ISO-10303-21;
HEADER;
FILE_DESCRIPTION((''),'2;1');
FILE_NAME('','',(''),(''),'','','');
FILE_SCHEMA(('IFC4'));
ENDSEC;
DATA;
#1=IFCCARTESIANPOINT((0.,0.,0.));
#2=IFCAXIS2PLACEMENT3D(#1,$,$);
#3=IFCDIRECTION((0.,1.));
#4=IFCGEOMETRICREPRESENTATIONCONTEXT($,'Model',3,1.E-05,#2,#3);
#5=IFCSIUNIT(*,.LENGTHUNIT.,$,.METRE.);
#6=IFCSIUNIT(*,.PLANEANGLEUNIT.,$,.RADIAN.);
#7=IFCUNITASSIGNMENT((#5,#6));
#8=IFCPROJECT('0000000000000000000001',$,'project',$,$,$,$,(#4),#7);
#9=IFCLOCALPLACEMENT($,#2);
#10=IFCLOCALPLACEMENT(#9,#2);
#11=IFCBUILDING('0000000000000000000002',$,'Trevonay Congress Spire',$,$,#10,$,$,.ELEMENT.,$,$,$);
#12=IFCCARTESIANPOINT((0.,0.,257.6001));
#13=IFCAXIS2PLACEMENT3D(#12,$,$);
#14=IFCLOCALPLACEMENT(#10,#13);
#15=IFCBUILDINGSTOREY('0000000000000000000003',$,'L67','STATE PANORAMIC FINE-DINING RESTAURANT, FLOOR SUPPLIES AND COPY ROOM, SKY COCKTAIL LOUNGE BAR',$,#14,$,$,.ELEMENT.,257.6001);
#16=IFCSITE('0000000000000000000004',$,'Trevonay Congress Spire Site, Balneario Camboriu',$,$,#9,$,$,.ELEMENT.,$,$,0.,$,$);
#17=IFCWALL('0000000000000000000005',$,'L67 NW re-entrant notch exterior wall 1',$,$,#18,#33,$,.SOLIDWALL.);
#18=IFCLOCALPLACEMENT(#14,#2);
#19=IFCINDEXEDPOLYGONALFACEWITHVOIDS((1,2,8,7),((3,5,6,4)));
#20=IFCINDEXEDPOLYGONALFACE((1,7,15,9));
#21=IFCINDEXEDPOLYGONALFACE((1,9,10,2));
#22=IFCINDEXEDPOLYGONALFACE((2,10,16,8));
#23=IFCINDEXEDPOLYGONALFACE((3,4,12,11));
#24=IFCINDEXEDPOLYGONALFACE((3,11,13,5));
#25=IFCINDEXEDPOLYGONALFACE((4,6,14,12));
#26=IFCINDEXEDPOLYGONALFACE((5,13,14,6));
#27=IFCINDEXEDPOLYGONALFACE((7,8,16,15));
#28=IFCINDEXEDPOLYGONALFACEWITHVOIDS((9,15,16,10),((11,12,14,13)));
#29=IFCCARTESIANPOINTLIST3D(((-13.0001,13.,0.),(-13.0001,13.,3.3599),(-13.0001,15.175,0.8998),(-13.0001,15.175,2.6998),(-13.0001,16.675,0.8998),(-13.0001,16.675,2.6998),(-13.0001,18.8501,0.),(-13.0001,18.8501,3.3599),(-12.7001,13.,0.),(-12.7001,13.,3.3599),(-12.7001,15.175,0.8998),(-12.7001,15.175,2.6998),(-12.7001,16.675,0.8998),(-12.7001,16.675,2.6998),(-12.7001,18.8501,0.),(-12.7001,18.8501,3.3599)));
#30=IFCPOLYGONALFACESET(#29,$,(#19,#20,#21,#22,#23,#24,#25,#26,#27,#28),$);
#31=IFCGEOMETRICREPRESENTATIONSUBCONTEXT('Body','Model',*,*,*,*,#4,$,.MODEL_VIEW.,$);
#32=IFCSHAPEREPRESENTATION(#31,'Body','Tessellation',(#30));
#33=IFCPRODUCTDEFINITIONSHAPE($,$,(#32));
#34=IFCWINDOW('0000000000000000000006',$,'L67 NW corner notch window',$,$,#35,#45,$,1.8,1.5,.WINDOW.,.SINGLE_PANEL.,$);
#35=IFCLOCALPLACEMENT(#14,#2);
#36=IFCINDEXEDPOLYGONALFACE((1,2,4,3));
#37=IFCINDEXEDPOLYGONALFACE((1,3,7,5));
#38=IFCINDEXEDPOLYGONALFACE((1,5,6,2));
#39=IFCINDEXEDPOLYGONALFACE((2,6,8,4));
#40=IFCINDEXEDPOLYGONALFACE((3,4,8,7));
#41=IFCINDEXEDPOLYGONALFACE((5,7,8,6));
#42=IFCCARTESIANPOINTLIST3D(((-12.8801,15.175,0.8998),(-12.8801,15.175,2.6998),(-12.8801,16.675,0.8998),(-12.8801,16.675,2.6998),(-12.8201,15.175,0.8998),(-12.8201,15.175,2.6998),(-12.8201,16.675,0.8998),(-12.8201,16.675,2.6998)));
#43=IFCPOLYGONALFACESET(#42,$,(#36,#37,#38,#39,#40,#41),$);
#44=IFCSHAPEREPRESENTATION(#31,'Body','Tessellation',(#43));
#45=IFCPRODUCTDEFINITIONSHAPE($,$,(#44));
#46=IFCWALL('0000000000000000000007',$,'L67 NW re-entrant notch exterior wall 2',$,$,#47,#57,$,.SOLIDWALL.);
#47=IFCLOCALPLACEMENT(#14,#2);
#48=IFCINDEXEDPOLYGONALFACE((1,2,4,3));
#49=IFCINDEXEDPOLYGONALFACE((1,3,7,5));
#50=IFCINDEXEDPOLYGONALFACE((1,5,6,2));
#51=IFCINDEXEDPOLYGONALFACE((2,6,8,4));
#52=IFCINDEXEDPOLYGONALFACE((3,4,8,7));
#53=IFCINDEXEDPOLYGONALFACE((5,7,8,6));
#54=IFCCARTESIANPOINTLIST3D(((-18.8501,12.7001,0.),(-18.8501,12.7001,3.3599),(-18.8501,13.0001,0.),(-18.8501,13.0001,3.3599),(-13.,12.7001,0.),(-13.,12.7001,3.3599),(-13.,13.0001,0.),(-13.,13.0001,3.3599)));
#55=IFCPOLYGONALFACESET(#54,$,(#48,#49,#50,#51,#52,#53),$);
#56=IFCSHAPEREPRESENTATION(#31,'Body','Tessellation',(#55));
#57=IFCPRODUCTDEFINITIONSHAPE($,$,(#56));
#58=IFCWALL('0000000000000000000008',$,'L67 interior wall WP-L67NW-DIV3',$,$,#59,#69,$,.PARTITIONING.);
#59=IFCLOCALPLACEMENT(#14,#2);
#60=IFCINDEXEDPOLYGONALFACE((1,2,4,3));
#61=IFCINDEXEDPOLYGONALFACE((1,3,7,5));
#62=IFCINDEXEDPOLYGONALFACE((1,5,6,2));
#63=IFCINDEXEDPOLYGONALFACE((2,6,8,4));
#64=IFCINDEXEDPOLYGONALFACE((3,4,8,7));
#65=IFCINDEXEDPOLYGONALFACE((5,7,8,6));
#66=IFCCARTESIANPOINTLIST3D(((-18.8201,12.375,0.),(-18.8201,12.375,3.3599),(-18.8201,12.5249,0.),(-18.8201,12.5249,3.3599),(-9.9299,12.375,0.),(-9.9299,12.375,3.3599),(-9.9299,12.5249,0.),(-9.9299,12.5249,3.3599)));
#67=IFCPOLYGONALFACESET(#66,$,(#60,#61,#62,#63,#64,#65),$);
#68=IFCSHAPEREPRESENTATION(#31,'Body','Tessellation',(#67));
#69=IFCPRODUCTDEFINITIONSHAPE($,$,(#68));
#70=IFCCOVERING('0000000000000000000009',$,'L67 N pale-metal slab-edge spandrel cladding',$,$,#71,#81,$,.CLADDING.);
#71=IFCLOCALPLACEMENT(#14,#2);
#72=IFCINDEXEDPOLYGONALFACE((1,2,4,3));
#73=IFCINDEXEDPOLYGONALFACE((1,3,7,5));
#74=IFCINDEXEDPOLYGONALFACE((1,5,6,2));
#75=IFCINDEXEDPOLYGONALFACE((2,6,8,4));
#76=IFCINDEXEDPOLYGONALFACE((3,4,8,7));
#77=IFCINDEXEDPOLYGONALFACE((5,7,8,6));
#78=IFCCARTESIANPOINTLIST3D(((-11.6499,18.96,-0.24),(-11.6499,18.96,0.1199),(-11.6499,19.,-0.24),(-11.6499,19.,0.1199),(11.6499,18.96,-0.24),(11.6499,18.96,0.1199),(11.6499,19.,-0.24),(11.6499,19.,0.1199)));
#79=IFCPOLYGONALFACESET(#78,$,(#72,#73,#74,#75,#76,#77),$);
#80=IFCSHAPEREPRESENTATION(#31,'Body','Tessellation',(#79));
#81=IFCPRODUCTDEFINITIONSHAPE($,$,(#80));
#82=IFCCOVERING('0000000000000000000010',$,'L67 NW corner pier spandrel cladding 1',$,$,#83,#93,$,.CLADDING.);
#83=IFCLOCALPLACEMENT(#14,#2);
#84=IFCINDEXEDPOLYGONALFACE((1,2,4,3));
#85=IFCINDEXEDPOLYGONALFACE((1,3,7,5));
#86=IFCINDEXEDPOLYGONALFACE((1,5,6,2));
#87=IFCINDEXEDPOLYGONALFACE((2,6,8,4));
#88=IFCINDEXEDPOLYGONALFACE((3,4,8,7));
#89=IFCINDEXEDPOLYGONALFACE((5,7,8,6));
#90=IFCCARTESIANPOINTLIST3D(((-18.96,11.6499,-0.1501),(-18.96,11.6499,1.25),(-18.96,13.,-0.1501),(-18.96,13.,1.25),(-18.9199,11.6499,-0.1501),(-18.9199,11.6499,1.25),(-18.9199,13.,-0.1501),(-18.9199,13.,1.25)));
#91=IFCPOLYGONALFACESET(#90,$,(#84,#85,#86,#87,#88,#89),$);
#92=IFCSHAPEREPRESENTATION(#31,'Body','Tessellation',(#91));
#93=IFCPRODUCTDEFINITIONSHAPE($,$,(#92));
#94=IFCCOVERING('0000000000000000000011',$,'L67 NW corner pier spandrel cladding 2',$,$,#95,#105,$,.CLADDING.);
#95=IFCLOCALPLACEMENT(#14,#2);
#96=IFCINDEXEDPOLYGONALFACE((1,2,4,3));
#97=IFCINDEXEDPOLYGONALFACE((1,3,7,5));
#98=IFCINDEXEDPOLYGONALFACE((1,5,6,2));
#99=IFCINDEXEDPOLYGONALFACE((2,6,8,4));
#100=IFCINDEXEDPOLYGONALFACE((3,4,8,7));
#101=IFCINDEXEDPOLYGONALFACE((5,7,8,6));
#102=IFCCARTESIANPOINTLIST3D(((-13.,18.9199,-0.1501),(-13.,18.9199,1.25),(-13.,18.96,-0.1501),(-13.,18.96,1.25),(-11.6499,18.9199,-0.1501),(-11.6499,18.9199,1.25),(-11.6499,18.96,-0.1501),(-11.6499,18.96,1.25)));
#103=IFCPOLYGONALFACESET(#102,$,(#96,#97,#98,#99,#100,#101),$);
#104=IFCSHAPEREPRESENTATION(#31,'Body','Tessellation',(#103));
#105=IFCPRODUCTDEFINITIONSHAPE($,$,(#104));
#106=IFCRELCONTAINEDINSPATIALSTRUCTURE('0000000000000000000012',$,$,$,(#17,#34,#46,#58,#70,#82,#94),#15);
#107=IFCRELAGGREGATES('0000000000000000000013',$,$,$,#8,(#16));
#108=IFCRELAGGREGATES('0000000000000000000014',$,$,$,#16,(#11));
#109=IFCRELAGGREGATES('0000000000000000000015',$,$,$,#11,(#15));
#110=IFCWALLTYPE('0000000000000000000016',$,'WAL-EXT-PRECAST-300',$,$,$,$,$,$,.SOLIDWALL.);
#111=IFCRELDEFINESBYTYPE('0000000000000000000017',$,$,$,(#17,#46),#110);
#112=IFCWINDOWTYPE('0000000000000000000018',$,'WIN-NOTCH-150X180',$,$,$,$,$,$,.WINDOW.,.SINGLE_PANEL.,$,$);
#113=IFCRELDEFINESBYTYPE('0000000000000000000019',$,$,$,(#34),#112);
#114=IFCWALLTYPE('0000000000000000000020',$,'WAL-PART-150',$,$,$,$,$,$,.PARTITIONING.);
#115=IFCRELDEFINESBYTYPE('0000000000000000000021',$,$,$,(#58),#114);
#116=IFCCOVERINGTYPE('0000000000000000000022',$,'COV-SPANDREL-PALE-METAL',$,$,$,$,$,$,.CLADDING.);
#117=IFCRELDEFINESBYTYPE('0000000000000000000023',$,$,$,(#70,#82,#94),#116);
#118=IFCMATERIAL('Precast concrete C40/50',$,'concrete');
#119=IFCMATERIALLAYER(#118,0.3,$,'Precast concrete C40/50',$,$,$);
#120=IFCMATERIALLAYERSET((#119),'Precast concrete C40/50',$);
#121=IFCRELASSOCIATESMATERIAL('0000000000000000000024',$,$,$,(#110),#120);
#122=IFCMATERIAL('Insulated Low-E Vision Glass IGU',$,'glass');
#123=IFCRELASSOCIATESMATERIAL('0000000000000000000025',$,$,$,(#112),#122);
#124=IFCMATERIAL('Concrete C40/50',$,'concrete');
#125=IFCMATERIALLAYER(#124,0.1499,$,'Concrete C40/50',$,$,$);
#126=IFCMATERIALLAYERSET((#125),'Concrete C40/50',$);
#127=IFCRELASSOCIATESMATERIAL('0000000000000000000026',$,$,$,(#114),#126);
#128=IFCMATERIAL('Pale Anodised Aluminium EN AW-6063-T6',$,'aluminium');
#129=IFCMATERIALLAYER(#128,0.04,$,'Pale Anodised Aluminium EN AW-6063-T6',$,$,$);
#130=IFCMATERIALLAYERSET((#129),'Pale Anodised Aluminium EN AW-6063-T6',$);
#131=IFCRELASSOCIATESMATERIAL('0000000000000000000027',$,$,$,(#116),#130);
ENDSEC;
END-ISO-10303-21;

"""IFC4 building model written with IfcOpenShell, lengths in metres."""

from ifc_helpers import new_model, si_unit, direction, frame, frame_2d, origin, place, context, subcontext, project, spatial, rectangle, extrude, material, layer, layer_set, type_object, element, fill, save


model = new_model("IFC4")

# Units and contexts
model_context = context("Model", 3, precision=1e-05, world=origin(), true_north=direction((0.0, 1.0)))
body_context = subcontext(model_context, "Body", "Model", "MODEL_VIEW")
ifc_project = project(units=[si_unit("LENGTHUNIT", "METRE"), si_unit("PLANEANGLEUNIT", "RADIAN")], contexts=[model_context])

# Site, building, storey
site_placement = place(None, origin())
site = spatial("IfcSite", under=ifc_project, at=site_placement, Name="Trevonay Congress Spire Site, Balneario Camboriu", CompositionType="ELEMENT", RefElevation=0.0)
building_placement = place(site_placement, origin())
building = spatial("IfcBuilding", under=site, at=building_placement, Name="Trevonay Congress Spire", CompositionType="ELEMENT")
storey_placement = place(building_placement, frame((0.0, 0.0, 257.6001)))
storey = spatial("IfcBuildingStorey", under=building, at=storey_placement, Name="L67", Description="STATE PANORAMIC FINE-DINING RESTAURANT, FLOOR SUPPLIES AND COPY ROOM, SKY COCKTAIL LOUNGE BAR", CompositionType="ELEMENT", Elevation=257.6001)

# Shared definitions
ifc_material_1 = material(Name="Precast concrete C40/50", Category="concrete")
ifc_layer_1 = layer(ifc_material_1, 0.3, Name="Precast concrete C40/50")
ifc_layer_set_1 = layer_set([ifc_layer_1], Name="Precast concrete C40/50")
wall_type_1 = type_object("IfcWallType", Name="WAL-EXT-PRECAST-300", PredefinedType="SOLIDWALL", material=ifc_layer_set_1)

# Wall, opening, window
wall_1_placement = place(storey_placement, frame((-12.8501, 18.8501, 0.0), z_axis=(0.0, 0.0, 1.0), x_axis=(0.0, -1.0, 0.0)))
wall_1 = element("IfcWall", 1, at=wall_1_placement, inside=storey, type_object=wall_type_1, Name="L67 NW re-entrant notch exterior wall 1", PredefinedType="SOLIDWALL", context=body_context, shape_type="SweptSolid", body=[
    extrude(rectangle(XDim=5.8501, YDim=0.3, at=frame_2d((2.925, 0.0))), origin(), (0.0, 0.0, 1.0), 3.3599),
])
opening_placement = place(wall_1_placement, frame((2.175, 0.0, 0.8999)))
opening = element("IfcOpeningElement", 2, at=opening_placement, cuts=wall_1, PredefinedType="OPENING", context=body_context, shape_type="SweptSolid", body=[
    extrude(rectangle(XDim=1.5, YDim=1.8, at=frame_2d((0.75, 0.8999))), frame((0.0, 0.1602, 0.0), z_axis=(0.0, -1.0, 0.0), x_axis=(1.0, 0.0, 0.0)), (0.0, 0.0, 1.0), 0.3201),
])
ifc_material_2 = material(Name="Insulated Low-E Vision Glass IGU", Category="glass")
window_type = type_object("IfcWindowType", Name="WIN-NOTCH-150X180", PartitioningType="SINGLE_PANEL", PredefinedType="WINDOW", material=ifc_material_2)
window_placement = place(opening_placement, origin())
window = element("IfcWindow", 3, at=window_placement, inside=storey, type_object=window_type, Name="L67 NW corner notch window", OverallHeight=1.8, OverallWidth=1.5, PartitioningType="SINGLE_PANEL", PredefinedType="WINDOW", context=body_context, shape_type="SweptSolid", body=[
    extrude(rectangle(XDim=1.5, YDim=1.8, at=frame_2d((0.75, 0.8999))), frame((0.0, 0.03, 0.0), z_axis=(0.0, -1.0, 0.0), x_axis=(1.0, 0.0, 0.0)), (0.0, 0.0, 1.0), 0.0601),
])
fill(opening, window)

# Walls
wall_2_placement = place(storey_placement, frame((-18.8501, 12.8501, 0.0), z_axis=(0.0, 0.0, 1.0), x_axis=(1.0, 0.0, 0.0)))
element("IfcWall", 4, at=wall_2_placement, inside=storey, type_object=wall_type_1, Name="L67 NW re-entrant notch exterior wall 2", PredefinedType="SOLIDWALL", context=body_context, shape_type="SweptSolid", body=[
    extrude(rectangle(XDim=5.8501, YDim=0.3, at=frame_2d((2.925, 0.0))), origin(), (0.0, 0.0, 1.0), 3.3599),
])
ifc_material_3 = material(Name="Concrete C40/50", Category="concrete")
ifc_layer_2 = layer(ifc_material_3, 0.1499, Name="Concrete C40/50")
ifc_layer_set_2 = layer_set([ifc_layer_2], Name="Concrete C40/50")
wall_type_2 = type_object("IfcWallType", Name="WAL-PART-150", PredefinedType="PARTITIONING", material=ifc_layer_set_2)
wall_3_placement = place(storey_placement, frame((-18.8201, 12.45, 0.0), z_axis=(0.0, 0.0, 1.0), x_axis=(1.0, 0.0, 0.0)))
element("IfcWall", 5, at=wall_3_placement, inside=storey, type_object=wall_type_2, Name="L67 interior wall WP-L67NW-DIV3", PredefinedType="PARTITIONING", context=body_context, shape_type="SweptSolid", body=[
    extrude(rectangle(XDim=8.8901, YDim=0.1499, at=frame_2d((4.4451, 0.0))), origin(), (0.0, 0.0, 1.0), 3.3599),
])

# Coverings
ifc_material_4 = material(Name="Pale Anodised Aluminium EN AW-6063-T6", Category="aluminium")
ifc_layer_3 = layer(ifc_material_4, 0.04, Name="Pale Anodised Aluminium EN AW-6063-T6")
ifc_layer_set_3 = layer_set([ifc_layer_3], Name="Pale Anodised Aluminium EN AW-6063-T6")
covering_type = type_object("IfcCoveringType", Name="COV-SPANDREL-PALE-METAL", PredefinedType="CLADDING", material=ifc_layer_set_3)
covering_placement = place(storey_placement, frame((-11.6499, 18.98, -0.24), z_axis=(0.0, 0.0, 1.0), x_axis=(1.0, 0.0, 0.0)))
element("IfcCovering", 6, at=covering_placement, inside=storey, type_object=covering_type, Name="L67 N pale-metal slab-edge spandrel cladding", PredefinedType="CLADDING", context=body_context, shape_type="SweptSolid", body=[
    extrude(rectangle(XDim=23.2998, YDim=0.04, at=frame_2d((11.6499, 0.0))), origin(), (0.0, 0.0, 1.0), 0.3599),
])
for number, where, z_axis, x_axis, name in (
    (7, (-18.9399, 11.6499, -0.1501), (0.0, 0.0, 1.0), (0.0, 1.0, 0.0), "L67 NW corner pier spandrel cladding 1"),
    (8, (-11.6499, 18.9399, -0.1501), (0.0, 0.0, 1.0), (-1.0, 0.0, 0.0), "L67 NW corner pier spandrel cladding 2"),
):
    element("IfcCovering", number, at=place(storey_placement, frame(where, z_axis=z_axis, x_axis=x_axis)), inside=storey, type_object=covering_type, Name=name, PredefinedType="CLADDING", context=body_context, shape_type="SweptSolid", body=[
        extrude(rectangle(XDim=1.3501, YDim=0.04, at=frame_2d((0.675, 0.0))), origin(), (0.0, 0.0, 1.0), 1.4001),
    ])

save(model, "model.ifc")
